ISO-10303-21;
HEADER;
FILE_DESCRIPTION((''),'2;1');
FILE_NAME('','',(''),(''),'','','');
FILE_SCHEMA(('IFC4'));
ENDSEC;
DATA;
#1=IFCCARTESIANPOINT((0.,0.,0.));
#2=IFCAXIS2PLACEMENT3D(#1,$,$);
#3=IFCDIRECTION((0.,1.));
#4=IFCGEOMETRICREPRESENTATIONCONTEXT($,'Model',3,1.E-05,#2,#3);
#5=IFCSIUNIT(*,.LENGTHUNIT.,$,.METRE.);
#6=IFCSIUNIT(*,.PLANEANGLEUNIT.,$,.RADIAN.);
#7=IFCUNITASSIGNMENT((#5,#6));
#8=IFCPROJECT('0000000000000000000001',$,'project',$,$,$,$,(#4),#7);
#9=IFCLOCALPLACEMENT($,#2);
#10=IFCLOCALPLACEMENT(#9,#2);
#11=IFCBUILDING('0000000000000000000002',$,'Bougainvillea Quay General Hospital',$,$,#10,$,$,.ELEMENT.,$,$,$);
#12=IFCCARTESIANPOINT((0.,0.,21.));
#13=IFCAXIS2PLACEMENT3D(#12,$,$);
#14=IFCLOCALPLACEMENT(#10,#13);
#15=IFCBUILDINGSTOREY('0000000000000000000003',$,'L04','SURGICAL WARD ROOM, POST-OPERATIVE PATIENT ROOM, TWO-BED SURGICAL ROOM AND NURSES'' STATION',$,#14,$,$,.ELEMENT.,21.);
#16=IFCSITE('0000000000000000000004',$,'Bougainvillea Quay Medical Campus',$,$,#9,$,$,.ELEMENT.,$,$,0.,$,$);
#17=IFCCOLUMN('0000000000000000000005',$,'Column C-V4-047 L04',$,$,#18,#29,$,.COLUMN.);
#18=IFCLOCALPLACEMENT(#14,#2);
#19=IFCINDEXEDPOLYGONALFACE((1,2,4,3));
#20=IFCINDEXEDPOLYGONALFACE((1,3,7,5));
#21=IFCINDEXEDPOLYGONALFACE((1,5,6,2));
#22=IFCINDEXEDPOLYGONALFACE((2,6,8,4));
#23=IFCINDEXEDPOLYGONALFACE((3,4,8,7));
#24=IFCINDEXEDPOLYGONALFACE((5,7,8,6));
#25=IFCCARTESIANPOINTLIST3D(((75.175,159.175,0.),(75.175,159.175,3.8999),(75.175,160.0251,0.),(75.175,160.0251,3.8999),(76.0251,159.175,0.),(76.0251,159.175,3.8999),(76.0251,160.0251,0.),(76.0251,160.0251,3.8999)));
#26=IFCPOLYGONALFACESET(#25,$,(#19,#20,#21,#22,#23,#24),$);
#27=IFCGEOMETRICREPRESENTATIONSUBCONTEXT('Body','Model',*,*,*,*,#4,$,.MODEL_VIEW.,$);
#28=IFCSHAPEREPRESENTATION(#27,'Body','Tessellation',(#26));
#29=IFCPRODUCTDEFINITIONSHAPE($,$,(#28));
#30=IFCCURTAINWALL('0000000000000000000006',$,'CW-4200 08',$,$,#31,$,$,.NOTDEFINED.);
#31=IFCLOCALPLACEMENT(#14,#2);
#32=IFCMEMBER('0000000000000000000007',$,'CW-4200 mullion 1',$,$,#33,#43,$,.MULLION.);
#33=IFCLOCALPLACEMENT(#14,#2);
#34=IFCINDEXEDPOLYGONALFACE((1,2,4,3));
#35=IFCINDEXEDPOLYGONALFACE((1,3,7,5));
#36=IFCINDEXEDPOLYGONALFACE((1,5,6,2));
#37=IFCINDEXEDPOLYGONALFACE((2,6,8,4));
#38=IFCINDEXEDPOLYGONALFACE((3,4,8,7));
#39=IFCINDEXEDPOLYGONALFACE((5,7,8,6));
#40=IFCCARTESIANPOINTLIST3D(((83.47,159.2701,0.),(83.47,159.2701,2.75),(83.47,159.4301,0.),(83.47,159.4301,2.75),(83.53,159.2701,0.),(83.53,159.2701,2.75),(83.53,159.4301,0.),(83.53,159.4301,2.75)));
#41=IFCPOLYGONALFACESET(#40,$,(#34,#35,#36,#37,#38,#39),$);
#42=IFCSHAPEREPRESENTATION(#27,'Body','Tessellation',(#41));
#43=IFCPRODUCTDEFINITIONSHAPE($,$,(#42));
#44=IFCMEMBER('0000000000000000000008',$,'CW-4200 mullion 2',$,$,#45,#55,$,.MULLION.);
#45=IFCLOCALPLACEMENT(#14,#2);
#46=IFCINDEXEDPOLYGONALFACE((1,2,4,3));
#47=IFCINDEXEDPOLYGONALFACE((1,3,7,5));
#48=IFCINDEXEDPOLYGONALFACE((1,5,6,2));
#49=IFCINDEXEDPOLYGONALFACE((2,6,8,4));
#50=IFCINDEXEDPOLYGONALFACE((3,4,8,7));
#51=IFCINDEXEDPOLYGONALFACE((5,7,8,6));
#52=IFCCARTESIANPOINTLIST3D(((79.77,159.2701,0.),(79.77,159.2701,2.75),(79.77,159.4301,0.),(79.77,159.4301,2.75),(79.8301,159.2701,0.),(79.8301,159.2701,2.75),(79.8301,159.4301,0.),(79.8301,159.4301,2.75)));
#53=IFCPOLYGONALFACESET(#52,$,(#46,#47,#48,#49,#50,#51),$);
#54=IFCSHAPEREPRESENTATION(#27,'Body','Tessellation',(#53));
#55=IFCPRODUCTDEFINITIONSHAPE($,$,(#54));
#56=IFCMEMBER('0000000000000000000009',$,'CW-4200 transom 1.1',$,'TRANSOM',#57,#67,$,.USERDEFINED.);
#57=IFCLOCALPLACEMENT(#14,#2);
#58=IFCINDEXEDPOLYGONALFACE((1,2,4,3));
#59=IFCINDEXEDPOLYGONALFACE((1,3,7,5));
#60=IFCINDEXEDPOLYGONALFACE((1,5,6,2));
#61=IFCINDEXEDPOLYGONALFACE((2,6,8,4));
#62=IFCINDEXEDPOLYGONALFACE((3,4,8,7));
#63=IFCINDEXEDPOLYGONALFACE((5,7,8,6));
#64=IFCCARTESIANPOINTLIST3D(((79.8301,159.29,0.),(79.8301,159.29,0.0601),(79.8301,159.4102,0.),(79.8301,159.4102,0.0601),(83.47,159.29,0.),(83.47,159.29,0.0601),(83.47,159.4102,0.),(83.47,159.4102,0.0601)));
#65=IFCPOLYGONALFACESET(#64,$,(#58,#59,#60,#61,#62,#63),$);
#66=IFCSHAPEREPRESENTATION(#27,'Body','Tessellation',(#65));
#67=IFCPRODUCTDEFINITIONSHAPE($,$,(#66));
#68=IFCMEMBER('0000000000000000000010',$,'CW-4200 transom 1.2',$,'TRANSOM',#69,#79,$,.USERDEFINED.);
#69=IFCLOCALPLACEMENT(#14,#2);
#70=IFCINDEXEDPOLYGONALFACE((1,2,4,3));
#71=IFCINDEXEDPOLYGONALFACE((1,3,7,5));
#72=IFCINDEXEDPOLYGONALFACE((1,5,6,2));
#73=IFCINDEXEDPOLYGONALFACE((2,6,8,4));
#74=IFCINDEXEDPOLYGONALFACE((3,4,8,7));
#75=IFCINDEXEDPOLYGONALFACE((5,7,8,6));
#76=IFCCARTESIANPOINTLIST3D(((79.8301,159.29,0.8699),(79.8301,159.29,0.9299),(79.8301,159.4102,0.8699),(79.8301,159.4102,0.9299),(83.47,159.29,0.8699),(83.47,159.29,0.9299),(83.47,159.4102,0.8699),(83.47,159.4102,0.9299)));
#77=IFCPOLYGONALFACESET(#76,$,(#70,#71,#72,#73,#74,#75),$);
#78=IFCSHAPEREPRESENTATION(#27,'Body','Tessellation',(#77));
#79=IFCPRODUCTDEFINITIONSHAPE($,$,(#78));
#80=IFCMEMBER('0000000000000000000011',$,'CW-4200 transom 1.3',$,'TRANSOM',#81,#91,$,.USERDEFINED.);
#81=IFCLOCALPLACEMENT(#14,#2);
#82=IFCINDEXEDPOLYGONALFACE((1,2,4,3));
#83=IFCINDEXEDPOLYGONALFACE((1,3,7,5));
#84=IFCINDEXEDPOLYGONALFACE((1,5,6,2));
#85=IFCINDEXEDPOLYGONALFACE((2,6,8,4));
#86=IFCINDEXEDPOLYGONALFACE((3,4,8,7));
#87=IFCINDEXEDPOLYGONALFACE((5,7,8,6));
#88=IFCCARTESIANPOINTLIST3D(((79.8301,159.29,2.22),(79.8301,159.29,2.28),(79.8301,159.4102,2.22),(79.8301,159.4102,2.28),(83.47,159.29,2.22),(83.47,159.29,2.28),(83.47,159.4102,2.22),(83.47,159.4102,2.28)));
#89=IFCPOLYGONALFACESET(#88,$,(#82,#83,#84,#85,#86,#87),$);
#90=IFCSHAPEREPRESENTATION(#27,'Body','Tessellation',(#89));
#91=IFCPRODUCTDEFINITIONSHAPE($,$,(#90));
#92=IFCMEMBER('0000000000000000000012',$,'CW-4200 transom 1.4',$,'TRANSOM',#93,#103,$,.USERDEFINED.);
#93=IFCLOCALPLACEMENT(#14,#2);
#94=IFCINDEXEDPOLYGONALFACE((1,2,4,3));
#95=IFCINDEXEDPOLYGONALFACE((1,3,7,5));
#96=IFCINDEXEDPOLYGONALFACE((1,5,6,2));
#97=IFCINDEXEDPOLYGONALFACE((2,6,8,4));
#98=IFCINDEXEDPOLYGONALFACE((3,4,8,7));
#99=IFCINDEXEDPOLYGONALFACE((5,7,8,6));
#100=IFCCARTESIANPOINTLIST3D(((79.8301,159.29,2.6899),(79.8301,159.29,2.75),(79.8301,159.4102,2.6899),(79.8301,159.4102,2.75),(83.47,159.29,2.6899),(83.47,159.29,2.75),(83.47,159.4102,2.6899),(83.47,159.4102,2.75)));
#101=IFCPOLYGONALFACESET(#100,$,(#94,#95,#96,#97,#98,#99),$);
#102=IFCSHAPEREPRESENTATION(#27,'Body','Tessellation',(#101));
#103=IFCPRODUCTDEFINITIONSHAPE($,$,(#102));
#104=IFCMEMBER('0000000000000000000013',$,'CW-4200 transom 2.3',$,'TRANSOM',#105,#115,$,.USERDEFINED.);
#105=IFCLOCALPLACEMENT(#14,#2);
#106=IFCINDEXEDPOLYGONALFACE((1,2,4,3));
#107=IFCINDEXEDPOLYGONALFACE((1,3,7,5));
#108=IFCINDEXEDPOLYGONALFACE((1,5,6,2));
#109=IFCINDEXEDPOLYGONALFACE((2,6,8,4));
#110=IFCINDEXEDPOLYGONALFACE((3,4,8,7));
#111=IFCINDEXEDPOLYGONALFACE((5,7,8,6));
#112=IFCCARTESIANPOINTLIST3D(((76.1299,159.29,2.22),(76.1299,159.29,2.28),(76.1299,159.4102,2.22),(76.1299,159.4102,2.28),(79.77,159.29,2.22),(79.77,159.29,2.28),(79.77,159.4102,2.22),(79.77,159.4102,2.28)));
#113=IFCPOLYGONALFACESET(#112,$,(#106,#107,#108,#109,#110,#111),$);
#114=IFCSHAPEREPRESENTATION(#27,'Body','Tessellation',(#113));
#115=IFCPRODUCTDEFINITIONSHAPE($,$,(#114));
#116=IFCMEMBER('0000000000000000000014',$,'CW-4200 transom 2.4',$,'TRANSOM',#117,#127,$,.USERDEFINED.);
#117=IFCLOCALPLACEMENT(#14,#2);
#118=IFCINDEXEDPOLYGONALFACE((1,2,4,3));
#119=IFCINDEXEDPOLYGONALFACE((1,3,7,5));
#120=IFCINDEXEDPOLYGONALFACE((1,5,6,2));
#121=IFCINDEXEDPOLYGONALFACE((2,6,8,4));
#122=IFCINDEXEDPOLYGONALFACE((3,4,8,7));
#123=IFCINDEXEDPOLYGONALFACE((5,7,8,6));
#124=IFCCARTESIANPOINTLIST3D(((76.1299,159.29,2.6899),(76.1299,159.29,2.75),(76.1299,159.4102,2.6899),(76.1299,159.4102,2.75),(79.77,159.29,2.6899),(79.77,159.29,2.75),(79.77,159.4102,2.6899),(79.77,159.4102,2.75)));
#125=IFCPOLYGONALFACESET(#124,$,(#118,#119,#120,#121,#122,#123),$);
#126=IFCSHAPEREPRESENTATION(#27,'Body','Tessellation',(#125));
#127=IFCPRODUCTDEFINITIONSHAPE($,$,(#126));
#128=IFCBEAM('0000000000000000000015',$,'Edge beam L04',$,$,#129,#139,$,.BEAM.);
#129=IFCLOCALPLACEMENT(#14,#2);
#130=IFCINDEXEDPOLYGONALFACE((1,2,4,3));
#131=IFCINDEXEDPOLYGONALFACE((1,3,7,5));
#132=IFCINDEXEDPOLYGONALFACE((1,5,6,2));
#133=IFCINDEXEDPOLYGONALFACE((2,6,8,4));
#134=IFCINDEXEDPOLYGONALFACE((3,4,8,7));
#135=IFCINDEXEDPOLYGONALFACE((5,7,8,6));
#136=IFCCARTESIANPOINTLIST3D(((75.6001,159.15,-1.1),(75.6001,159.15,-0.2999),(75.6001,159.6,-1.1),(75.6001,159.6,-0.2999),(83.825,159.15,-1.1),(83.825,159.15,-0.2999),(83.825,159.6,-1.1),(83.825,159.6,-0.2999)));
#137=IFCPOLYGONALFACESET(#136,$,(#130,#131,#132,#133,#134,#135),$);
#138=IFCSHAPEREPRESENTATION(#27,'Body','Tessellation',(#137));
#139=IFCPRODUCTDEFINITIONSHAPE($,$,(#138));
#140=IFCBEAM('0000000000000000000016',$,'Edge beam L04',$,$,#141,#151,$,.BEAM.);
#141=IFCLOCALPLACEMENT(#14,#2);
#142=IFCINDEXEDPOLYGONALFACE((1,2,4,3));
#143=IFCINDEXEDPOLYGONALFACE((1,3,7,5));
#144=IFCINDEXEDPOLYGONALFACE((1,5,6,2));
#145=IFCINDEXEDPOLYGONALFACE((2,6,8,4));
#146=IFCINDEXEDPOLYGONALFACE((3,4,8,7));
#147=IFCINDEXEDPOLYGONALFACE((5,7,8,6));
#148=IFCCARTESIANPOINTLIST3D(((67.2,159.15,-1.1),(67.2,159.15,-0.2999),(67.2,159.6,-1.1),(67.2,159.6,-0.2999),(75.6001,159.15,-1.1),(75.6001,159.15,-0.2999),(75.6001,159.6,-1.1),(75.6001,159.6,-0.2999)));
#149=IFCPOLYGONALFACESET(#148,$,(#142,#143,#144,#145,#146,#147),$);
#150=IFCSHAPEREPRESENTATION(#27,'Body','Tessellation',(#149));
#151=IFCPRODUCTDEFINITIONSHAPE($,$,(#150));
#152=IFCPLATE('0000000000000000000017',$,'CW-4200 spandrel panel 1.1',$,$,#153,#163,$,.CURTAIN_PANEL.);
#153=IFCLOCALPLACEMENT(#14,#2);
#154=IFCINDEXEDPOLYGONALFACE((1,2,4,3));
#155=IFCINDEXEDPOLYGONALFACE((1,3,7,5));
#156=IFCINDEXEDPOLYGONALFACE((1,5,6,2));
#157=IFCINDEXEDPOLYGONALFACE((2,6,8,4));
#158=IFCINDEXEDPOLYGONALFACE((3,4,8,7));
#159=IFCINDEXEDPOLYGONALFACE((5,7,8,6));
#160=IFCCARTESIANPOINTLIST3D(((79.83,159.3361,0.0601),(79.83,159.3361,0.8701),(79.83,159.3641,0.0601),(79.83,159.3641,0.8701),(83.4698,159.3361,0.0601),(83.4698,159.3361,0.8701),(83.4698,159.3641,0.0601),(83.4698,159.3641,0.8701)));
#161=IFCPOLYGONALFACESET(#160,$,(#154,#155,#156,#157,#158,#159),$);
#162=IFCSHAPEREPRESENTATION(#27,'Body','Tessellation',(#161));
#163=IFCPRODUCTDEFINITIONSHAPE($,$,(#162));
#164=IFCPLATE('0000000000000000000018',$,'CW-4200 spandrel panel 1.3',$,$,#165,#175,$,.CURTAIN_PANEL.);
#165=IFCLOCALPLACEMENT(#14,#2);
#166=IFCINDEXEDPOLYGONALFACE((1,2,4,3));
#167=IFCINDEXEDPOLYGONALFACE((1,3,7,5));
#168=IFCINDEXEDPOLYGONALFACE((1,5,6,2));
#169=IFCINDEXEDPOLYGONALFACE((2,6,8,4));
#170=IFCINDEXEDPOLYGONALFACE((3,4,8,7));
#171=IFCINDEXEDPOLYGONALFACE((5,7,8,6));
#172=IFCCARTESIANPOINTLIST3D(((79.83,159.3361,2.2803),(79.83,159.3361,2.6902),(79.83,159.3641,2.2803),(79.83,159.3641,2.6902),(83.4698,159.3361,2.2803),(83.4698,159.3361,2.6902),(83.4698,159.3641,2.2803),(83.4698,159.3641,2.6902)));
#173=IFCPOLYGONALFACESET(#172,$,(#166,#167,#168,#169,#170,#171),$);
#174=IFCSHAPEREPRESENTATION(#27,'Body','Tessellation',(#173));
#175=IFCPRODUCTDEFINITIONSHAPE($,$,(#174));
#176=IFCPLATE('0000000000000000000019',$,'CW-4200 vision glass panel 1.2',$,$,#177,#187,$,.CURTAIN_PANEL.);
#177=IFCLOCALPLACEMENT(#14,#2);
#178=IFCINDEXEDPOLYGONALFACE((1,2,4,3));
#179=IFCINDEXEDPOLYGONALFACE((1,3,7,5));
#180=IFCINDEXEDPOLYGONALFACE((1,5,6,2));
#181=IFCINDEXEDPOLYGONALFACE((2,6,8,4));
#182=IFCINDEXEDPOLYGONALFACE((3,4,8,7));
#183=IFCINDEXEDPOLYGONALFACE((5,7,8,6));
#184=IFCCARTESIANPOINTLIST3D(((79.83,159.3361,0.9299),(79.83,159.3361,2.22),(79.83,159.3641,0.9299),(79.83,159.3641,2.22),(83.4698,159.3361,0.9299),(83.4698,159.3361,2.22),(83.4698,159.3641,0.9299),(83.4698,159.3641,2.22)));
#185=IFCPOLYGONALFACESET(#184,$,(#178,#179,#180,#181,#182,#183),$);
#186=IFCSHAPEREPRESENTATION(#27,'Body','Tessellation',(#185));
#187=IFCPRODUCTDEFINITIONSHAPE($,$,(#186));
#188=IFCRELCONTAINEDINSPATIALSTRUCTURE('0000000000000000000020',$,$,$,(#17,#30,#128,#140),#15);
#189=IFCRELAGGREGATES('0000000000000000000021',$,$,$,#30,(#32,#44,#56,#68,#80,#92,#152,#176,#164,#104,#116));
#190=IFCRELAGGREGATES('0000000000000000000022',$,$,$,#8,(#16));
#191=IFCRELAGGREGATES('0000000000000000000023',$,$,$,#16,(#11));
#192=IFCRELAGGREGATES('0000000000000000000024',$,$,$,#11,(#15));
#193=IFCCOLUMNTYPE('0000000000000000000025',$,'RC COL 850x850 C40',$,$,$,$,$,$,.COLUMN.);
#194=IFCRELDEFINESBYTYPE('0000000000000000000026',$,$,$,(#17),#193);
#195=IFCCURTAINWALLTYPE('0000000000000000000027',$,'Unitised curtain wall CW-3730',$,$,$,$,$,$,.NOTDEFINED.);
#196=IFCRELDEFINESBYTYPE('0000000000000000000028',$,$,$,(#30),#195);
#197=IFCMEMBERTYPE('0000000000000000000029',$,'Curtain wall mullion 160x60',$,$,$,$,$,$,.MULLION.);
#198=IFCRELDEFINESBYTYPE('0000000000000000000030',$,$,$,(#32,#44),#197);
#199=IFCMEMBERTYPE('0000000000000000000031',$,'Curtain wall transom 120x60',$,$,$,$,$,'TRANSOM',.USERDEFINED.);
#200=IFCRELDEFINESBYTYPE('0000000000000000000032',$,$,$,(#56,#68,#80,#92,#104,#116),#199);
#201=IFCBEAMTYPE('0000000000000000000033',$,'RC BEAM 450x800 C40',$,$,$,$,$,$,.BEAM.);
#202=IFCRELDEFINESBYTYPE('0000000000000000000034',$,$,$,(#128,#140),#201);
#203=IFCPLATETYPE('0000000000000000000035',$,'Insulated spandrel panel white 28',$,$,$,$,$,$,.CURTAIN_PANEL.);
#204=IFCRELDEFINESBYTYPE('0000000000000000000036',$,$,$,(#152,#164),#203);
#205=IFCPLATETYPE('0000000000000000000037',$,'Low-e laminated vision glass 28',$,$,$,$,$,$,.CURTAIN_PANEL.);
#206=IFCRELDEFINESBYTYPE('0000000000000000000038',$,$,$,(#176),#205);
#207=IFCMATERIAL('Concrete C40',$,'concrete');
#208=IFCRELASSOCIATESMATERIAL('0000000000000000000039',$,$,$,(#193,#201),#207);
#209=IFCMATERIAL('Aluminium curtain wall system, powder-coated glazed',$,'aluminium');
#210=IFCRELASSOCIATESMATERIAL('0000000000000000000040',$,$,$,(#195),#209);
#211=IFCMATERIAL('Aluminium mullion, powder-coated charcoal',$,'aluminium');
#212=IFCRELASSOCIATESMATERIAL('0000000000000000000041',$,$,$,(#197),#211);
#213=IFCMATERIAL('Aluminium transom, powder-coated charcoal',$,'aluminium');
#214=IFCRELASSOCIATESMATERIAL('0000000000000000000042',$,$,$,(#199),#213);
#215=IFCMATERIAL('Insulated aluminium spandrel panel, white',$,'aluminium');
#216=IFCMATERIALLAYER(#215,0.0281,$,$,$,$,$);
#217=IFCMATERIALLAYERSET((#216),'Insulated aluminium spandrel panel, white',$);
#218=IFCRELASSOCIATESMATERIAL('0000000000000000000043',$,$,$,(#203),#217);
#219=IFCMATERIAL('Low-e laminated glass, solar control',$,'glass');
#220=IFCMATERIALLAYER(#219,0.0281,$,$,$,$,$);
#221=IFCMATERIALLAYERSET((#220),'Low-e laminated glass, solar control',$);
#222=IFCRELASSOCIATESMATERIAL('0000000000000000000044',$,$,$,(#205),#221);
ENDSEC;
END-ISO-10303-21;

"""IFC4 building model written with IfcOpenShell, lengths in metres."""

from ifc_helpers import new_model, si_unit, direction, frame, origin, origin_2d, place, context, subcontext, project, spatial, rectangle, extrude, material, layer, layer_set, material_profile, profile_set, type_object, element, aggregate, save


model = new_model("IFC4")

# Units and contexts
model_context = context("Model", 3, precision=1e-05, world=origin(), true_north=direction((0.0, 1.0)))
body_context = subcontext(model_context, "Body", "Model", "MODEL_VIEW")
ifc_project = project(units=[si_unit("LENGTHUNIT", "METRE"), si_unit("PLANEANGLEUNIT", "RADIAN")], contexts=[model_context])

# Site, building, storey
site_placement = place(None, origin())
site = spatial("IfcSite", under=ifc_project, at=site_placement, Name="Bougainvillea Quay Medical Campus", CompositionType="ELEMENT", RefElevation=0.0)
building_placement = place(site_placement, origin())
building = spatial("IfcBuilding", under=site, at=building_placement, Name="Bougainvillea Quay General Hospital", CompositionType="ELEMENT")
storey_placement = place(building_placement, frame((0.0, 0.0, 21.0)))
storey = spatial("IfcBuildingStorey", under=building, at=storey_placement, Name="L04", Description="SURGICAL WARD ROOM, POST-OPERATIVE PATIENT ROOM, TWO-BED SURGICAL ROOM AND NURSES' STATION", CompositionType="ELEMENT", Elevation=21.0)

# Column
ifc_material_1 = material(Name="Concrete C40", Category="concrete")
ifc_material_profile_1 = material_profile(ifc_material_1, rectangle(XDim=0.8501, YDim=0.8501, at=origin_2d()))
ifc_profile_set_1 = profile_set([ifc_material_profile_1], Name="Concrete C40")
column_type = type_object("IfcColumnType", Name="RC COL 850x850 C40", PredefinedType="COLUMN", material=ifc_profile_set_1)
column_placement = place(storey_placement, frame((75.6001, 159.6001, 0.0), z_axis=(0.0, 0.0, 1.0), x_axis=(1.0, 0.0, 0.0)))
element("IfcColumn", 1, at=column_placement, inside=storey, type_object=column_type, Name="Column C-V4-047 L04", PredefinedType="COLUMN", context=body_context, shape_type="SweptSolid", body=[
    extrude(rectangle(XDim=0.8501, YDim=0.8501, at=origin_2d()), origin(), (0.0, 0.0, 1.0), 3.8999),
])

# Curtain wall, members
ifc_material_2 = material(Name="Aluminium curtain wall system, powder-coated glazed", Category="aluminium")
curtain_wall_type = type_object("IfcCurtainWallType", Name="Unitised curtain wall CW-3730", PredefinedType="NOTDEFINED", material=ifc_material_2)
curtain_wall_placement = place(storey_placement, origin())
curtain_wall = element("IfcCurtainWall", 2, at=curtain_wall_placement, inside=storey, type_object=curtain_wall_type, Name="CW-4200 08", PredefinedType="NOTDEFINED")
ifc_material_3 = material(Name="Aluminium mullion, powder-coated charcoal", Category="aluminium")
ifc_material_profile_2 = material_profile(ifc_material_3, rectangle(XDim=0.1599, YDim=0.0601, at=origin_2d()))
ifc_profile_set_2 = profile_set([ifc_material_profile_2], Name="Aluminium mullion, powder-coated charcoal")
member_type_1 = type_object("IfcMemberType", Name="Curtain wall mullion 160x60", PredefinedType="MULLION", material=ifc_profile_set_2)
member_1_placement = place(storey_placement, frame((83.5, 159.3501, 0.0), z_axis=(0.0, 0.0, 1.0), x_axis=(0.0, -1.0, 0.0)))
member_1 = element("IfcMember", 3, at=member_1_placement, type_object=member_type_1, Name="CW-4200 mullion 1", PredefinedType="MULLION", context=body_context, shape_type="SweptSolid", body=[
    extrude(rectangle(XDim=0.1599, YDim=0.0601, at=origin_2d()), origin(), (0.0, 0.0, 1.0), 2.75),
])
member_2_placement = place(storey_placement, frame((79.8, 159.3501, 0.0), z_axis=(0.0, 0.0, 1.0), x_axis=(0.0, -1.0, 0.0)))
member_2 = element("IfcMember", 4, at=member_2_placement, type_object=member_type_1, Name="CW-4200 mullion 2", PredefinedType="MULLION", context=body_context, shape_type="SweptSolid", body=[
    extrude(rectangle(XDim=0.1599, YDim=0.0601, at=origin_2d()), origin(), (0.0, 0.0, 1.0), 2.75),
])
ifc_material_4 = material(Name="Aluminium transom, powder-coated charcoal", Category="aluminium")
ifc_material_profile_3 = material_profile(ifc_material_4, rectangle(XDim=0.1201, YDim=0.0601, at=origin_2d()))
ifc_profile_set_3 = profile_set([ifc_material_profile_3], Name="Aluminium transom, powder-coated charcoal")
member_type_2 = type_object("IfcMemberType", Name="Curtain wall transom 120x60", ElementType="TRANSOM", PredefinedType="USERDEFINED", material=ifc_profile_set_3)
member_3_placement = place(storey_placement, frame((83.47, 159.3501, 0.03), z_axis=(-1.0, 0.0, 0.0), x_axis=(0.0, -1.0, 0.0)))
member_3 = element("IfcMember", 5, at=member_3_placement, type_object=member_type_2, Name="CW-4200 transom 1.1", ObjectType="TRANSOM", PredefinedType="USERDEFINED", context=body_context, shape_type="SweptSolid", body=[
    extrude(rectangle(XDim=0.1201, YDim=0.0601, at=origin_2d()), origin(), (0.0, 0.0, 1.0), 3.6399),
])
member_4_placement = place(storey_placement, frame((83.47, 159.3501, 0.8999), z_axis=(-1.0, 0.0, 0.0), x_axis=(0.0, -1.0, 0.0)))
member_4 = element("IfcMember", 6, at=member_4_placement, type_object=member_type_2, Name="CW-4200 transom 1.2", ObjectType="TRANSOM", PredefinedType="USERDEFINED", context=body_context, shape_type="SweptSolid", body=[
    extrude(rectangle(XDim=0.1201, YDim=0.0601, at=origin_2d()), origin(), (0.0, 0.0, 1.0), 3.6399),
])
member_5_placement = place(storey_placement, frame((83.47, 159.3501, 2.25), z_axis=(-1.0, 0.0, 0.0), x_axis=(0.0, -1.0, 0.0)))
member_5 = element("IfcMember", 7, at=member_5_placement, type_object=member_type_2, Name="CW-4200 transom 1.3", ObjectType="TRANSOM", PredefinedType="USERDEFINED", context=body_context, shape_type="SweptSolid", body=[
    extrude(rectangle(XDim=0.1201, YDim=0.0601, at=origin_2d()), origin(), (0.0, 0.0, 1.0), 3.6399),
])
member_6_placement = place(storey_placement, frame((83.47, 159.3501, 2.72), z_axis=(-1.0, 0.0, 0.0), x_axis=(0.0, -1.0, 0.0)))
member_6 = element("IfcMember", 8, at=member_6_placement, type_object=member_type_2, Name="CW-4200 transom 1.4", ObjectType="TRANSOM", PredefinedType="USERDEFINED", context=body_context, shape_type="SweptSolid", body=[
    extrude(rectangle(XDim=0.1201, YDim=0.0601, at=origin_2d()), origin(), (0.0, 0.0, 1.0), 3.6399),
])
member_7_placement = place(storey_placement, frame((79.77, 159.3501, 2.25), z_axis=(-1.0, 0.0, 0.0), x_axis=(0.0, -1.0, 0.0)))
member_7 = element("IfcMember", 9, at=member_7_placement, type_object=member_type_2, Name="CW-4200 transom 2.3", ObjectType="TRANSOM", PredefinedType="USERDEFINED", context=body_context, shape_type="SweptSolid", body=[
    extrude(rectangle(XDim=0.1201, YDim=0.0601, at=origin_2d()), origin(), (0.0, 0.0, 1.0), 3.6401),
])
member_8_placement = place(storey_placement, frame((79.77, 159.3501, 2.72), z_axis=(-1.0, 0.0, 0.0), x_axis=(0.0, -1.0, 0.0)))
member_8 = element("IfcMember", 10, at=member_8_placement, type_object=member_type_2, Name="CW-4200 transom 2.4", ObjectType="TRANSOM", PredefinedType="USERDEFINED", context=body_context, shape_type="SweptSolid", body=[
    extrude(rectangle(XDim=0.1201, YDim=0.0601, at=origin_2d()), origin(), (0.0, 0.0, 1.0), 3.6401),
])

# Beams
ifc_material_profile_4 = material_profile(ifc_material_1, rectangle(XDim=0.45, YDim=0.8, at=origin_2d()))
ifc_profile_set_4 = profile_set([ifc_material_profile_4], Name="Concrete C40")
beam_type = type_object("IfcBeamType", Name="RC BEAM 450x800 C40", PredefinedType="BEAM", material=ifc_profile_set_4)
beam_1_placement = place(storey_placement, frame((83.825, 159.375, -0.7), z_axis=(-1.0, 0.0, 0.0), x_axis=(0.0, -1.0, 0.0)))
element("IfcBeam", 11, at=beam_1_placement, inside=storey, type_object=beam_type, Name="Edge beam L04", PredefinedType="BEAM", context=body_context, shape_type="SweptSolid", body=[
    extrude(rectangle(XDim=0.45, YDim=0.8, at=origin_2d()), origin(), (0.0, 0.0, 1.0), 8.2249),
])
beam_2_placement = place(storey_placement, frame((75.6001, 159.375, -0.7), z_axis=(-1.0, 0.0, 0.0), x_axis=(0.0, -1.0, 0.0)))
element("IfcBeam", 12, at=beam_2_placement, inside=storey, type_object=beam_type, Name="Edge beam L04", PredefinedType="BEAM", context=body_context, shape_type="SweptSolid", body=[
    extrude(rectangle(XDim=0.45, YDim=0.8, at=origin_2d()), origin(), (0.0, 0.0, 1.0), 8.4001),
])

# Plates
ifc_material_5 = material(Name="Insulated aluminium spandrel panel, white", Category="aluminium")
ifc_layer_1 = layer(ifc_material_5, 0.0281)
ifc_layer_set_1 = layer_set([ifc_layer_1], Name="Insulated aluminium spandrel panel, white")
plate_type_1 = type_object("IfcPlateType", Name="Insulated spandrel panel white 28", PredefinedType="CURTAIN_PANEL", material=ifc_layer_set_1)
plate_1_placement = place(storey_placement, frame((81.6499, 159.3501, 0.0601), z_axis=(0.0, 0.0, 1.0), x_axis=(-1.0, 0.0, 0.0)))
plate_1 = element("IfcPlate", 13, at=plate_1_placement, type_object=plate_type_1, Name="CW-4200 spandrel panel 1.1", PredefinedType="CURTAIN_PANEL", context=body_context, shape_type="SweptSolid", body=[
    extrude(rectangle(XDim=3.6399, YDim=0.0281, at=origin_2d()), origin(), (0.0, 0.0, 1.0), 0.8101),
])
plate_2_placement = place(storey_placement, frame((81.6499, 159.3501, 2.2803), z_axis=(0.0, 0.0, 1.0), x_axis=(-1.0, 0.0, 0.0)))
plate_2 = element("IfcPlate", 14, at=plate_2_placement, type_object=plate_type_1, Name="CW-4200 spandrel panel 1.3", PredefinedType="CURTAIN_PANEL", context=body_context, shape_type="SweptSolid", body=[
    extrude(rectangle(XDim=3.6399, YDim=0.0281, at=origin_2d()), origin(), (0.0, 0.0, 1.0), 0.4099),
])
ifc_material_6 = material(Name="Low-e laminated glass, solar control", Category="glass")
ifc_layer_2 = layer(ifc_material_6, 0.0281)
ifc_layer_set_2 = layer_set([ifc_layer_2], Name="Low-e laminated glass, solar control")
plate_type_2 = type_object("IfcPlateType", Name="Low-e laminated vision glass 28", PredefinedType="CURTAIN_PANEL", material=ifc_layer_set_2)
plate_3_placement = place(storey_placement, frame((81.6499, 159.3501, 0.9299), z_axis=(0.0, 0.0, 1.0), x_axis=(-1.0, 0.0, 0.0)))
plate_3 = element("IfcPlate", 15, at=plate_3_placement, type_object=plate_type_2, Name="CW-4200 vision glass panel 1.2", PredefinedType="CURTAIN_PANEL", context=body_context, shape_type="SweptSolid", body=[
    extrude(rectangle(XDim=3.6399, YDim=0.0281, at=origin_2d()), origin(), (0.0, 0.0, 1.0), 1.29),
])
aggregate(curtain_wall, [member_1, member_2, member_3, member_4, member_5, member_6, plate_1, plate_3, plate_2, member_7, member_8])

save(model, "model.ifc")
